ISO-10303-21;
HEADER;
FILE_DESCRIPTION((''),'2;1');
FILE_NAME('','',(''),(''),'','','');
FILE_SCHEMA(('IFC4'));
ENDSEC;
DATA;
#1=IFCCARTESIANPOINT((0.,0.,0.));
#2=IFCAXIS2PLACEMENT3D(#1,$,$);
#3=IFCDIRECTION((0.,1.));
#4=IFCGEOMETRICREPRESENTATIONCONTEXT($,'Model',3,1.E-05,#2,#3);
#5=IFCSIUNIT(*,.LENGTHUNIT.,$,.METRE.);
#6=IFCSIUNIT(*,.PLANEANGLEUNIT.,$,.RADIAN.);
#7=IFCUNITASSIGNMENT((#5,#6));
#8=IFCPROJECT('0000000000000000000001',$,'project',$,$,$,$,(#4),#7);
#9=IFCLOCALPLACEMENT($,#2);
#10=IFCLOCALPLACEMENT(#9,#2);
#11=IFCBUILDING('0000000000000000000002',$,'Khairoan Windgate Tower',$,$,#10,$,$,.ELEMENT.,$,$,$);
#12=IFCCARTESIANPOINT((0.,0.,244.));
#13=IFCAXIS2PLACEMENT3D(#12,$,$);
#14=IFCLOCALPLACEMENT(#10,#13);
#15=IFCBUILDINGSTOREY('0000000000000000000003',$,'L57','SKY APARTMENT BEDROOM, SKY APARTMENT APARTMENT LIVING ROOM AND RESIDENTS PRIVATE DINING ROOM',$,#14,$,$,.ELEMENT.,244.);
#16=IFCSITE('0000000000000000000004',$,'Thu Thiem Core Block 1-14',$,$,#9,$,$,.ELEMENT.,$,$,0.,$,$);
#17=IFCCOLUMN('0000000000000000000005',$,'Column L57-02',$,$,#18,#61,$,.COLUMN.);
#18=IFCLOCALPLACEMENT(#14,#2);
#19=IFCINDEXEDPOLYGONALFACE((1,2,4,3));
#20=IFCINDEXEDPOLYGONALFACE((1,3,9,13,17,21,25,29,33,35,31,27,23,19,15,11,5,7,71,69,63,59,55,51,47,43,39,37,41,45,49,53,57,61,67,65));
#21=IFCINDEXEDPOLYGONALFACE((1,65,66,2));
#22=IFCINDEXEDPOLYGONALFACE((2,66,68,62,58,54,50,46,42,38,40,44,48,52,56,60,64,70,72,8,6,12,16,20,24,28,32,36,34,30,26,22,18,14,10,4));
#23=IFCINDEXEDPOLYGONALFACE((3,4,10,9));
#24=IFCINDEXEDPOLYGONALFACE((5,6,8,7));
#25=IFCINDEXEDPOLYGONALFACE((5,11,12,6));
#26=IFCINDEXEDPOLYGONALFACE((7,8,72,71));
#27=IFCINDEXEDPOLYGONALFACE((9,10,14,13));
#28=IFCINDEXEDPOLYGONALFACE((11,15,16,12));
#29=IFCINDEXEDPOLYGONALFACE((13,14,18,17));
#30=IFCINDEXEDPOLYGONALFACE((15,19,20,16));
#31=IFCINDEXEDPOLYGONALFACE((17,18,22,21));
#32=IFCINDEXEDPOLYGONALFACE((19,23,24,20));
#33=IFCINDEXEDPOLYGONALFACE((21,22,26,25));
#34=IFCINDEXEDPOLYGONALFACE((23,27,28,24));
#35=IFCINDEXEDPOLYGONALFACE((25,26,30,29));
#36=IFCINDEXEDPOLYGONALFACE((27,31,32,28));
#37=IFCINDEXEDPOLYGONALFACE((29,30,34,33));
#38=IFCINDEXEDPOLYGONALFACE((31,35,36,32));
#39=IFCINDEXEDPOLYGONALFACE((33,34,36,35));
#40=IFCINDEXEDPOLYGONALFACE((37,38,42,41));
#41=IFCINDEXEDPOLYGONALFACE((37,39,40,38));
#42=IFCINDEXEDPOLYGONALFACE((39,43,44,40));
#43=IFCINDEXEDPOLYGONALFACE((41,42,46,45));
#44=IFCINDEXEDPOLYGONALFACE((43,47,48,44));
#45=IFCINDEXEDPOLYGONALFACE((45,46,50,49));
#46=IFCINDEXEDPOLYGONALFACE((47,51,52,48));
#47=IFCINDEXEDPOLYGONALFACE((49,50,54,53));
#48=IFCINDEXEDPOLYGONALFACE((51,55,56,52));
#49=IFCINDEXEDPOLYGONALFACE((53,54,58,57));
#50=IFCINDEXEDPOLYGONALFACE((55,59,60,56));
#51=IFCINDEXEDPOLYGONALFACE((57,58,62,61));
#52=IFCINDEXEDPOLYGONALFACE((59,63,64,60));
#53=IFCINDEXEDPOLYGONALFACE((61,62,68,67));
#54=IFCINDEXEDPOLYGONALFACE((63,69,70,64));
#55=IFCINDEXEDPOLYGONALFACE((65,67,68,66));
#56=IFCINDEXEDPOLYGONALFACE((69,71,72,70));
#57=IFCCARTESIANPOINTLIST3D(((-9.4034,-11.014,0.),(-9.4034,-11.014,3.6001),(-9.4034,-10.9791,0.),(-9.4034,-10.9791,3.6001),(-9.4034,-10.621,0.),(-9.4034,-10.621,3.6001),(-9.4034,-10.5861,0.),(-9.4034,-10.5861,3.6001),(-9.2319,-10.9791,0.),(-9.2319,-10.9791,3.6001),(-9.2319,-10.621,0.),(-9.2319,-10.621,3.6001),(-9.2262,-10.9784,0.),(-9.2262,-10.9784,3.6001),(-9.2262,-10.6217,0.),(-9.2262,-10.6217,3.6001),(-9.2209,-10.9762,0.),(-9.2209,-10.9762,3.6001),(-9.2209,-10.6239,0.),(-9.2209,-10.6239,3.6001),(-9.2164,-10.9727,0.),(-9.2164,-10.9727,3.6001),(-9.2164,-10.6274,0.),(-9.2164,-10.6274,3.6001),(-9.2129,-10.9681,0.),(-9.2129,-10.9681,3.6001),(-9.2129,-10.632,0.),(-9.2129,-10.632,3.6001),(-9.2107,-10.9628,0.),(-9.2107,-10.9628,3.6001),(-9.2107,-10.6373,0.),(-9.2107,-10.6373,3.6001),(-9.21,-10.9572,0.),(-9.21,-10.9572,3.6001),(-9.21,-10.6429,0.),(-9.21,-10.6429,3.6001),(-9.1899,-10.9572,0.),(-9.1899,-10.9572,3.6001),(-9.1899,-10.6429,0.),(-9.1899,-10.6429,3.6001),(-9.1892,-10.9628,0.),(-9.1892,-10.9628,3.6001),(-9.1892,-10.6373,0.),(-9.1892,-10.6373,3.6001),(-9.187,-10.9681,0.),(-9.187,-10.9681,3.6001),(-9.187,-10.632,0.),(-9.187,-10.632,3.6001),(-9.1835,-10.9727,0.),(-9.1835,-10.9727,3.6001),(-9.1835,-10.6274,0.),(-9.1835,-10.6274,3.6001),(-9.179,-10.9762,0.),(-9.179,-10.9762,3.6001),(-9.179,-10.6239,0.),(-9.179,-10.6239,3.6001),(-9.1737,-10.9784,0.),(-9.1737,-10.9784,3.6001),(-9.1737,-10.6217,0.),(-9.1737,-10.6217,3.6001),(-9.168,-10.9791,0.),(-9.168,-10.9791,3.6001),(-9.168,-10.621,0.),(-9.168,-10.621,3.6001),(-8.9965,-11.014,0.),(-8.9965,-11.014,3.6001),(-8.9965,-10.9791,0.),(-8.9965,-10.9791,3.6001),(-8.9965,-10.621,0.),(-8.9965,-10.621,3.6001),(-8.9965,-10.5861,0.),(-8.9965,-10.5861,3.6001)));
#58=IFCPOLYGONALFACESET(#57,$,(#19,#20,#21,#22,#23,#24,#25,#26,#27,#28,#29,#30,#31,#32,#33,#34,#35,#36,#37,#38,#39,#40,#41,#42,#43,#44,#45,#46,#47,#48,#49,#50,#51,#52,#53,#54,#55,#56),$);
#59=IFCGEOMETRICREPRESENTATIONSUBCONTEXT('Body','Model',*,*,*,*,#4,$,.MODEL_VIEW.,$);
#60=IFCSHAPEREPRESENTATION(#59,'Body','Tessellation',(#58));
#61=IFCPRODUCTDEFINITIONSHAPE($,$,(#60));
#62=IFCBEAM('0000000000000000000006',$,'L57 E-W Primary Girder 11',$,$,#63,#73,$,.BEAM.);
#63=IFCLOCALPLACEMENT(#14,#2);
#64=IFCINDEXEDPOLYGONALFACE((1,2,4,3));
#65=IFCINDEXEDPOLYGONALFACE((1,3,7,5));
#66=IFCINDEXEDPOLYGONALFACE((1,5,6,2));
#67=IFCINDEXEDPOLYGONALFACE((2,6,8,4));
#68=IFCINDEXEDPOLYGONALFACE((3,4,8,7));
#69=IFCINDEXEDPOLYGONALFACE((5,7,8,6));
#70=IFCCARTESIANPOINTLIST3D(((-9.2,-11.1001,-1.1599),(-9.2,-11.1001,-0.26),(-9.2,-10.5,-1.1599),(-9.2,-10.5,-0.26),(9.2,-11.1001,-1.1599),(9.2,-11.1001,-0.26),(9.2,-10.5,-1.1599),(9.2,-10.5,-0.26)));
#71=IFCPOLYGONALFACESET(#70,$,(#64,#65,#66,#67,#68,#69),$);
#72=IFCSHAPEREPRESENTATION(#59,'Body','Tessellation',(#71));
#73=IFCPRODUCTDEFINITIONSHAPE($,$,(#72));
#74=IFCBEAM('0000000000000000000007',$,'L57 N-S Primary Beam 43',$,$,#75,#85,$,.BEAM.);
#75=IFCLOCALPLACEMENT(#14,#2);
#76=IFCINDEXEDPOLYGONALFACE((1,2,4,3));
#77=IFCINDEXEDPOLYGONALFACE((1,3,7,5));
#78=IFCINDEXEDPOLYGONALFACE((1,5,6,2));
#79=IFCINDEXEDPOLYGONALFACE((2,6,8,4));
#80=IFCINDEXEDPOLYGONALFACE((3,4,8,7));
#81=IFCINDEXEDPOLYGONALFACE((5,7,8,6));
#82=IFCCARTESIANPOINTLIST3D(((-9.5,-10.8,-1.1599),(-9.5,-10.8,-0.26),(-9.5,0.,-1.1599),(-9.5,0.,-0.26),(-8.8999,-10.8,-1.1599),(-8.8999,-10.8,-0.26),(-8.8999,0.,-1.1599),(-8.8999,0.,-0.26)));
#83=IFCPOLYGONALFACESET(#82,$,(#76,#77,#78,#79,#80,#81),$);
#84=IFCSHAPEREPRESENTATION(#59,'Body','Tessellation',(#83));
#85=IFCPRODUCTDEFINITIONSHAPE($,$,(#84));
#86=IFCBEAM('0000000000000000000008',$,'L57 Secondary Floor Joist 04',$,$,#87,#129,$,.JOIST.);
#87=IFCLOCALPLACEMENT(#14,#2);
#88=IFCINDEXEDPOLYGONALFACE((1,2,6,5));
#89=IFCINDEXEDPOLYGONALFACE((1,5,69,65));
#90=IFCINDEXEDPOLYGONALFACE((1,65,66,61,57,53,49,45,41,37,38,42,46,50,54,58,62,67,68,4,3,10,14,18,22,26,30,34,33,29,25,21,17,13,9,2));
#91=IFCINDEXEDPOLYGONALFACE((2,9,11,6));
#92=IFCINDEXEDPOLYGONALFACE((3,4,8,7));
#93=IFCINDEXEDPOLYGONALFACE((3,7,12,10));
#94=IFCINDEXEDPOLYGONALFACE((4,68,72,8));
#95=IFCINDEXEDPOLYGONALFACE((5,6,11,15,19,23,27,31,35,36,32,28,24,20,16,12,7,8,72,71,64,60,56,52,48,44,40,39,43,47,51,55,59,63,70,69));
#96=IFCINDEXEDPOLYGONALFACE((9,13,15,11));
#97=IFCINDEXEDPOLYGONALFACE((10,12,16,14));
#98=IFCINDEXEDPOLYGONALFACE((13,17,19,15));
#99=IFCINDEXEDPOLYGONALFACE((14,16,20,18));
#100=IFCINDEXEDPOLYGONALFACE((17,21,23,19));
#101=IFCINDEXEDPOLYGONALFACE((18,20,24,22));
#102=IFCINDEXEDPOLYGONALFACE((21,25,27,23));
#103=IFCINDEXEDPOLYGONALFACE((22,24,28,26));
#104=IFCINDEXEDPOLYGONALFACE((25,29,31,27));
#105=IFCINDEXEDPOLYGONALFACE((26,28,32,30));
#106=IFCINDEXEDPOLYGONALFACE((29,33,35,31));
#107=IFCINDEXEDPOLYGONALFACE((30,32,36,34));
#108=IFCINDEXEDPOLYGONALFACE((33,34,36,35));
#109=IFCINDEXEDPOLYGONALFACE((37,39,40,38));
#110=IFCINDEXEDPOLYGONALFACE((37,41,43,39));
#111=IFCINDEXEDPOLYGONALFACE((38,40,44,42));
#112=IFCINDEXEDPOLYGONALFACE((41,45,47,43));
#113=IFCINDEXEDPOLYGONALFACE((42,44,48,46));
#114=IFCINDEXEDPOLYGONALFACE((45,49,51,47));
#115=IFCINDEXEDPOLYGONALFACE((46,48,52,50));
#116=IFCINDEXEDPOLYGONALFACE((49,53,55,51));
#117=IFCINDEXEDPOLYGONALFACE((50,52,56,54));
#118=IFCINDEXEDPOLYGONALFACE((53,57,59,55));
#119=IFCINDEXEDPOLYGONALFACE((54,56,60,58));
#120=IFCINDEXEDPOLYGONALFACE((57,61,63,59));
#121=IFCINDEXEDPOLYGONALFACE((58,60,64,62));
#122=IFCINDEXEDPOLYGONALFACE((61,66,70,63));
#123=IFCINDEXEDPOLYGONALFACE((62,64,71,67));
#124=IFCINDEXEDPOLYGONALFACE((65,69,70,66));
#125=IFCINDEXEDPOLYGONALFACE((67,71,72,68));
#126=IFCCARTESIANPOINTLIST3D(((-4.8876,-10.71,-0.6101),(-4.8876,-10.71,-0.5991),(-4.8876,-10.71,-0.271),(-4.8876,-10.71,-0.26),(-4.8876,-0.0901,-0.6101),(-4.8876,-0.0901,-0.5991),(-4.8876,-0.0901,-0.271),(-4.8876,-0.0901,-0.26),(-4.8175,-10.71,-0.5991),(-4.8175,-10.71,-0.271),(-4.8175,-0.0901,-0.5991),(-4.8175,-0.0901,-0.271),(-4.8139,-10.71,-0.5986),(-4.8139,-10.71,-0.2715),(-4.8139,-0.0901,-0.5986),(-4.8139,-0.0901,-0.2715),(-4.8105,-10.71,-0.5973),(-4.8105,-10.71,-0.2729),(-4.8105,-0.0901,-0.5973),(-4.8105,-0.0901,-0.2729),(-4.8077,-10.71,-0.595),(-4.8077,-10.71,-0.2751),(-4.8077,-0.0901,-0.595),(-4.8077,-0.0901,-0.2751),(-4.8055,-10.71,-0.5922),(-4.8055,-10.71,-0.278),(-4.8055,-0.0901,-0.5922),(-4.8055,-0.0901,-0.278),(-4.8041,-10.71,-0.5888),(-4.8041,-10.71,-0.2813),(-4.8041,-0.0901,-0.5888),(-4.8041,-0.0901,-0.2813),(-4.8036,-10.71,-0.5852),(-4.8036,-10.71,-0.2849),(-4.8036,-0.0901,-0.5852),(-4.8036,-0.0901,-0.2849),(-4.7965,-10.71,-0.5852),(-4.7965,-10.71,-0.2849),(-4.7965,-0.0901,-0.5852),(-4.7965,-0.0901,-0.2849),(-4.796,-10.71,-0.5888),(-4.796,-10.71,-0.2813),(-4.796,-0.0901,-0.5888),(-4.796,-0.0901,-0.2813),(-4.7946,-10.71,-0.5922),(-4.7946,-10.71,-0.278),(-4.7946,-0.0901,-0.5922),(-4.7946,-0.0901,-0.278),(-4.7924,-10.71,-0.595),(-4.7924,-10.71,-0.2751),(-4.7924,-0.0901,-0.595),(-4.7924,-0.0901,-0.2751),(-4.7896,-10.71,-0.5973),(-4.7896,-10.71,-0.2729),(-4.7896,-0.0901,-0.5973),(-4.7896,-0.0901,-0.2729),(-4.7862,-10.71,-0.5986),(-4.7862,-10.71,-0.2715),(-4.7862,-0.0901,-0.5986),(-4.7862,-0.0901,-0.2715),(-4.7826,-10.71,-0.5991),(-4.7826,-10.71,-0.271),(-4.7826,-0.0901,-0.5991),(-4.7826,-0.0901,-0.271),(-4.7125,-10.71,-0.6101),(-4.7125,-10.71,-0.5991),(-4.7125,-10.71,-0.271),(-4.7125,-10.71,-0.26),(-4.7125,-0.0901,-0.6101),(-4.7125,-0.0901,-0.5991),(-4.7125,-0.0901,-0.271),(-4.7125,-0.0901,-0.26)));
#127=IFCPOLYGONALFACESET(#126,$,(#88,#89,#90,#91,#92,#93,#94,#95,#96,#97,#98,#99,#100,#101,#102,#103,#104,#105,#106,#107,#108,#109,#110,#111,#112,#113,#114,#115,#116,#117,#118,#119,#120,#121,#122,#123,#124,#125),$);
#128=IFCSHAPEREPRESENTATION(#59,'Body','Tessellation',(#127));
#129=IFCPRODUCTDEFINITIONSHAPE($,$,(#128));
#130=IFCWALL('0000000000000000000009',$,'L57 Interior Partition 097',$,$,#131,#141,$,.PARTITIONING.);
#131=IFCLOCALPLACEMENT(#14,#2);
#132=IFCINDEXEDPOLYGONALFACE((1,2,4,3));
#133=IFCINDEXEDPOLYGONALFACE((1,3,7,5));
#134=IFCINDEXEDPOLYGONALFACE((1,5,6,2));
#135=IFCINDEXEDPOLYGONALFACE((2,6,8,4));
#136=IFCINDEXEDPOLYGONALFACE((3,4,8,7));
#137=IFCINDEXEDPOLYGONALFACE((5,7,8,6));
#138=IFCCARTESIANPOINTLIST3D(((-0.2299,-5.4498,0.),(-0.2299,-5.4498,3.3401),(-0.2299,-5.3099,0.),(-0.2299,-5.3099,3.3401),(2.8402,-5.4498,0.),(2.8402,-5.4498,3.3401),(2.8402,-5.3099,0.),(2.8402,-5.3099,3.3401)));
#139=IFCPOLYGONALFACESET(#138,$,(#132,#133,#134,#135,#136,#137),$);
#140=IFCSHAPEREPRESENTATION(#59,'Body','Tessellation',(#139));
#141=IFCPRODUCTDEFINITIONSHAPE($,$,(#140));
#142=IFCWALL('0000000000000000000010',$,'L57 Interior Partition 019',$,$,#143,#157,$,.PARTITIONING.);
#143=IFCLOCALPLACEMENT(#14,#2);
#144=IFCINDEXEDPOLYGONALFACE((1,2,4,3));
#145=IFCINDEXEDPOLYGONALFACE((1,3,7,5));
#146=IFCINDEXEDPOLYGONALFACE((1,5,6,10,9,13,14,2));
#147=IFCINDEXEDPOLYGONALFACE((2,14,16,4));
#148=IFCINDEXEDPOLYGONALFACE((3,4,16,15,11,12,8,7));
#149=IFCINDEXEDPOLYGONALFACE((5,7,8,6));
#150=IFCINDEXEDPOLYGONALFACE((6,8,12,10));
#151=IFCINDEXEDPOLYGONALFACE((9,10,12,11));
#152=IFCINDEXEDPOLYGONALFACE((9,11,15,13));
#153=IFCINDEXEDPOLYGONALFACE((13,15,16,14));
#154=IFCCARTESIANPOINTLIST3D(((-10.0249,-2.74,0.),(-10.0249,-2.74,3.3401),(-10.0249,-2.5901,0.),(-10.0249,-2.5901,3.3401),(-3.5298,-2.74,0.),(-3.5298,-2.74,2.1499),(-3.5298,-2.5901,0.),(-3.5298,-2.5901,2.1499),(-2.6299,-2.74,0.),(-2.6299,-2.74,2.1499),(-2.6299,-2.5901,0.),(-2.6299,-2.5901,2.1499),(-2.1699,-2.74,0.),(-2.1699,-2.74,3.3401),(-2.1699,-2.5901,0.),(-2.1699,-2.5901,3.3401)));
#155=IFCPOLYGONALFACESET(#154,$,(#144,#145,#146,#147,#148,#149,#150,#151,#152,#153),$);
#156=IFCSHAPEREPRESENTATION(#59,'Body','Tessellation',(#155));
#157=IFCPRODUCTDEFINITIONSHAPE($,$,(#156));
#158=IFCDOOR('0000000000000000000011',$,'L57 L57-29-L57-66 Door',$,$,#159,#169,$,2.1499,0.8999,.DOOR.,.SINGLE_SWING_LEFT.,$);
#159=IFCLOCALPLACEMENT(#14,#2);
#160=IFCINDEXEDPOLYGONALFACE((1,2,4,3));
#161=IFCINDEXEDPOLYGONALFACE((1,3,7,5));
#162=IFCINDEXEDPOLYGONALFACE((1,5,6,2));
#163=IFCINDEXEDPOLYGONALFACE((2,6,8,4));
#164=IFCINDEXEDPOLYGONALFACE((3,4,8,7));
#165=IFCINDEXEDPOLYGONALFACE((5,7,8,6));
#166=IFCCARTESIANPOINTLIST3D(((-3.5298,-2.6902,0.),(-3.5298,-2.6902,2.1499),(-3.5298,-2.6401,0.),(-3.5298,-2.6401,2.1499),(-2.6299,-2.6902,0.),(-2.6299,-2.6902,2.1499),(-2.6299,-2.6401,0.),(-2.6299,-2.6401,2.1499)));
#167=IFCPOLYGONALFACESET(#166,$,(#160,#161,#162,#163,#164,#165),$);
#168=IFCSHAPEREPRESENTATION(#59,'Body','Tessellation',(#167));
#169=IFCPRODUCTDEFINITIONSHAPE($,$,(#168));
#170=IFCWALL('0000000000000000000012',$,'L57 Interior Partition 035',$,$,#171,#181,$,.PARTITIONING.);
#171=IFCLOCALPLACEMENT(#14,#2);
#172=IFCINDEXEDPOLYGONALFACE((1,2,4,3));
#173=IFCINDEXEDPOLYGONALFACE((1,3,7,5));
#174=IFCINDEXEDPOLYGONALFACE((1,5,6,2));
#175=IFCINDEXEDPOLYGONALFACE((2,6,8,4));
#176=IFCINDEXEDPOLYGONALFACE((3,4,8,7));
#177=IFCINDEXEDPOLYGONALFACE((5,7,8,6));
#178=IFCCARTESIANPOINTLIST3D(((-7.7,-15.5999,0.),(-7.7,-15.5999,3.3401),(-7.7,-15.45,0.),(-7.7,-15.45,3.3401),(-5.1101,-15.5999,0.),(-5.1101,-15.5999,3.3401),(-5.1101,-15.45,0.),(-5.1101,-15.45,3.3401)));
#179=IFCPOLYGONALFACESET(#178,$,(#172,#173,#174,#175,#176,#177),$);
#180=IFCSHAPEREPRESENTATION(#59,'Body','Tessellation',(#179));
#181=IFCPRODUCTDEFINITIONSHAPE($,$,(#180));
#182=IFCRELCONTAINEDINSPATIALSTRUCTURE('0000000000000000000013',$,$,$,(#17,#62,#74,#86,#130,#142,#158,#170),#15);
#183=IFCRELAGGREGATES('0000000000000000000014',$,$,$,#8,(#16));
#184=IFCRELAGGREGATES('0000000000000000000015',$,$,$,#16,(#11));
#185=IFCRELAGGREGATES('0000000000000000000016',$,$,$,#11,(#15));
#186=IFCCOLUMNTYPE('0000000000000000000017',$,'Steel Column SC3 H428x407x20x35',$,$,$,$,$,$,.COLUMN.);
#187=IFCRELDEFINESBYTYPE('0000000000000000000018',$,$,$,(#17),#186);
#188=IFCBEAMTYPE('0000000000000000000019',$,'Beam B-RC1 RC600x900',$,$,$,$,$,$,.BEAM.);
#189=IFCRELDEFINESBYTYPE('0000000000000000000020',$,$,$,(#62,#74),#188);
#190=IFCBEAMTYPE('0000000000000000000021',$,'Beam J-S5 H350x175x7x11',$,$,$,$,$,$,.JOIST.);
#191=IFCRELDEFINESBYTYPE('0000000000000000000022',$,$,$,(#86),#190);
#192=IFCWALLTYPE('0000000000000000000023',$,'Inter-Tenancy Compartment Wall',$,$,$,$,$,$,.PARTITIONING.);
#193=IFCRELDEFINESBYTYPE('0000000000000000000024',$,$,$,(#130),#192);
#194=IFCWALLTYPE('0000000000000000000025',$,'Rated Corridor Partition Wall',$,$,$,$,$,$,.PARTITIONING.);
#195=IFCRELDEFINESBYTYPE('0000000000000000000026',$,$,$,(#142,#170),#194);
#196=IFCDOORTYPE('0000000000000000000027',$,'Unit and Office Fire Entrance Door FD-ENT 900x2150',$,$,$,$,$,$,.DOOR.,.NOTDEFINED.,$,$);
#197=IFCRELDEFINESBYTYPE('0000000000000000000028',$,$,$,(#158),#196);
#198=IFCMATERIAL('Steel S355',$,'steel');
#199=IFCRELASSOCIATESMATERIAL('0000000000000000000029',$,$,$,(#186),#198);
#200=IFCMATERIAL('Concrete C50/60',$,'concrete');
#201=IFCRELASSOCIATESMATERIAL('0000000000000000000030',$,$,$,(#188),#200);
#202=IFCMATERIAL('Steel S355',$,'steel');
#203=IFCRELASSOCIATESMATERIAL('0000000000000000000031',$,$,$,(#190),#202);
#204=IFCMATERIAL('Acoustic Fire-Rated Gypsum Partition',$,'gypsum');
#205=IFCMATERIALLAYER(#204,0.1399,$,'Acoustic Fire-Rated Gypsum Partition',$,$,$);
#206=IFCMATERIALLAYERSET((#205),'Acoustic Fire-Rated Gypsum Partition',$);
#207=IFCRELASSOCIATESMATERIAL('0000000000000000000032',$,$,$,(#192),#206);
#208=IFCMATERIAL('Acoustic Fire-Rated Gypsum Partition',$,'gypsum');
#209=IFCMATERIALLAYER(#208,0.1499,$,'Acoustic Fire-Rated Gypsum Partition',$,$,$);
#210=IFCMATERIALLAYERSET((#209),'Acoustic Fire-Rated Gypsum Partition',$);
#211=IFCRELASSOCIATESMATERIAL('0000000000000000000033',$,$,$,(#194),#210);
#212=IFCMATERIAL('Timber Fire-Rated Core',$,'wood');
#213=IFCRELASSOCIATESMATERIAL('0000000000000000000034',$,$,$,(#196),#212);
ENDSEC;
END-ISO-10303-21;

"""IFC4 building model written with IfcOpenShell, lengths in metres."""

from ifc_helpers import new_model, si_unit, direction, frame, frame_2d, origin, origin_2d, place, context, subcontext, project, spatial, rectangle, i_section, extrude, material, layer, layer_set, material_profile, profile_set, type_object, element, fill, save


model = new_model("IFC4")

# Units and contexts
model_context = context("Model", 3, precision=1e-05, world=origin(), true_north=direction((0.0, 1.0)))
body_context = subcontext(model_context, "Body", "Model", "MODEL_VIEW")
ifc_project = project(units=[si_unit("LENGTHUNIT", "METRE"), si_unit("PLANEANGLEUNIT", "RADIAN")], contexts=[model_context])

# Site, building, storey
site_placement = place(None, origin())
site = spatial("IfcSite", under=ifc_project, at=site_placement, Name="Thu Thiem Core Block 1-14", CompositionType="ELEMENT", RefElevation=0.0)
building_placement = place(site_placement, origin())
building = spatial("IfcBuilding", under=site, at=building_placement, Name="Khairoan Windgate Tower", CompositionType="ELEMENT")
storey_placement = place(building_placement, frame((0.0, 0.0, 244.0)))
storey = spatial("IfcBuildingStorey", under=building, at=storey_placement, Name="L57", Description="SKY APARTMENT BEDROOM, SKY APARTMENT APARTMENT LIVING ROOM AND RESIDENTS PRIVATE DINING ROOM", CompositionType="ELEMENT", Elevation=244.0)

# Column
ifc_material_1 = material(Name="Steel S355", Category="steel")
ifc_material_profile_1 = material_profile(ifc_material_1, i_section(OverallWidth=0.407, OverallDepth=0.428, WebThickness=0.02, FlangeThickness=0.0349, FilletRadius=0.022, at=origin_2d()))
ifc_profile_set_1 = profile_set([ifc_material_profile_1], Name="Steel S355")
column_type = type_object("IfcColumnType", Name="Steel Column SC3 H428x407x20x35", PredefinedType="COLUMN", material=ifc_profile_set_1)
column_placement = place(storey_placement, frame((-9.2, -10.8, 0.0), z_axis=(0.0, 0.0, 1.0), x_axis=(1.0, 0.0, 0.0)))
element("IfcColumn", 1, at=column_placement, inside=storey, type_object=column_type, Name="Column L57-02", PredefinedType="COLUMN", context=body_context, shape_type="SweptSolid", body=[
    extrude(i_section(OverallWidth=0.407, OverallDepth=0.428, WebThickness=0.02, FlangeThickness=0.0349, FilletRadius=0.022, at=origin_2d()), origin(), (0.0, 0.0, 1.0), 3.6001),
])

# Beams
ifc_material_2 = material(Name="Concrete C50/60", Category="concrete")
ifc_material_profile_2 = material_profile(ifc_material_2, rectangle(XDim=0.6001, YDim=0.8999, at=origin_2d()))
ifc_profile_set_2 = profile_set([ifc_material_profile_2], Name="Concrete C50/60")
beam_type_1 = type_object("IfcBeamType", Name="Beam B-RC1 RC600x900", PredefinedType="BEAM", material=ifc_profile_set_2)
beam_1_placement = place(storey_placement, frame((-9.2, -10.8, -0.71), z_axis=(1.0, 0.0, 0.0), x_axis=(0.0, 1.0, 0.0)))
element("IfcBeam", 2, at=beam_1_placement, inside=storey, type_object=beam_type_1, Name="L57 E-W Primary Girder 11", PredefinedType="BEAM", context=body_context, shape_type="SweptSolid", body=[
    extrude(rectangle(XDim=0.6001, YDim=0.8999, at=origin_2d()), origin(), (0.0, 0.0, 1.0), 18.3999),
])
beam_2_placement = place(storey_placement, frame((-9.2, -10.8, -0.71), z_axis=(0.0, 1.0, 0.0), x_axis=(-1.0, 0.0, 0.0)))
element("IfcBeam", 3, at=beam_2_placement, inside=storey, type_object=beam_type_1, Name="L57 N-S Primary Beam 43", PredefinedType="BEAM", context=body_context, shape_type="SweptSolid", body=[
    extrude(rectangle(XDim=0.6001, YDim=0.8999, at=origin_2d()), origin(), (0.0, 0.0, 1.0), 10.8),
])
ifc_material_3 = material(Name="Steel S355", Category="steel")
ifc_material_profile_3 = material_profile(ifc_material_3, i_section(OverallWidth=0.175, OverallDepth=0.3501, WebThickness=0.0071, FlangeThickness=0.011, FilletRadius=0.0139, at=origin_2d()))
ifc_profile_set_3 = profile_set([ifc_material_profile_3], Name="Steel S355")
beam_type_2 = type_object("IfcBeamType", Name="Beam J-S5 H350x175x7x11", PredefinedType="JOIST", material=ifc_profile_set_3)
beam_3_placement = place(storey_placement, frame((-4.8, -10.71, -0.4351), z_axis=(0.0, 1.0, 0.0), x_axis=(-1.0, 0.0, 0.0)))
element("IfcBeam", 4, at=beam_3_placement, inside=storey, type_object=beam_type_2, Name="L57 Secondary Floor Joist 04", PredefinedType="JOIST", context=body_context, shape_type="SweptSolid", body=[
    extrude(i_section(OverallWidth=0.175, OverallDepth=0.3501, WebThickness=0.0071, FlangeThickness=0.011, FilletRadius=0.0139, at=origin_2d()), origin(), (0.0, 0.0, 1.0), 10.6199),
])

# Wall
ifc_material_4 = material(Name="Acoustic Fire-Rated Gypsum Partition", Category="gypsum")
ifc_layer_1 = layer(ifc_material_4, 0.1399, Name="Acoustic Fire-Rated Gypsum Partition")
ifc_layer_set_1 = layer_set([ifc_layer_1], Name="Acoustic Fire-Rated Gypsum Partition")
wall_type_1 = type_object("IfcWallType", Name="Inter-Tenancy Compartment Wall", PredefinedType="PARTITIONING", material=ifc_layer_set_1)
wall_1_placement = place(storey_placement, frame((-0.23, -5.3799, 0.0), z_axis=(0.0, 0.0, 1.0), x_axis=(1.0, 0.0, 0.0)))
element("IfcWall", 5, at=wall_1_placement, inside=storey, type_object=wall_type_1, Name="L57 Interior Partition 097", PredefinedType="PARTITIONING", context=body_context, shape_type="SweptSolid", body=[
    extrude(rectangle(XDim=3.0701, YDim=0.1399, at=frame_2d((1.5352, 0.0))), origin(), (0.0, 0.0, 1.0), 3.3401),
])

# Wall, opening, door
ifc_material_5 = material(Name="Acoustic Fire-Rated Gypsum Partition", Category="gypsum")
ifc_layer_2 = layer(ifc_material_5, 0.1499, Name="Acoustic Fire-Rated Gypsum Partition")
ifc_layer_set_2 = layer_set([ifc_layer_2], Name="Acoustic Fire-Rated Gypsum Partition")
wall_type_2 = type_object("IfcWallType", Name="Rated Corridor Partition Wall", PredefinedType="PARTITIONING", material=ifc_layer_set_2)
wall_2_placement = place(storey_placement, frame((-10.0249, -2.665, 0.0), z_axis=(0.0, 0.0, 1.0), x_axis=(1.0, 0.0, 0.0)))
wall_2 = element("IfcWall", 6, at=wall_2_placement, inside=storey, type_object=wall_type_2, Name="L57 Interior Partition 019", PredefinedType="PARTITIONING", context=body_context, shape_type="SweptSolid", body=[
    extrude(rectangle(XDim=7.855, YDim=0.1499, at=frame_2d((3.9275, 0.0))), origin(), (0.0, 0.0, 1.0), 3.3401),
])
opening_1_placement = place(wall_2_placement, frame((6.4951, 0.0, 0.0)))
opening_1 = element("IfcOpeningElement", 7, at=opening_1_placement, cuts=wall_2, PredefinedType="OPENING", context=body_context, shape_type="SweptSolid", body=[
    extrude(rectangle(XDim=0.8999, YDim=2.1499, at=frame_2d((0.45, 1.075))), frame((0.0, 0.085, 0.0), z_axis=(0.0, -1.0, 0.0), x_axis=(1.0, 0.0, 0.0)), (0.0, 0.0, 1.0), 0.1699),
])
ifc_material_6 = material(Name="Timber Fire-Rated Core", Category="wood")
door_type = type_object("IfcDoorType", Name="Unit and Office Fire Entrance Door FD-ENT 900x2150", OperationType="NOTDEFINED", PredefinedType="DOOR", material=ifc_material_6)
door_1_placement = place(opening_1_placement, origin())
door_1 = element("IfcDoor", 8, at=door_1_placement, inside=storey, type_object=door_type, Name="L57 L57-29-L57-66 Door", OperationType="SINGLE_SWING_LEFT", OverallHeight=2.1499, OverallWidth=0.8999, PredefinedType="DOOR", context=body_context, shape_type="SweptSolid", body=[
    extrude(rectangle(XDim=0.8999, YDim=2.1499, at=frame_2d((0.45, 1.075))), frame((0.0, 0.0249, 0.0), z_axis=(0.0, -1.0, 0.0), x_axis=(1.0, 0.0, 0.0)), (0.0, 0.0, 1.0), 0.05),
])
fill(opening_1, door_1)

# Wall
wall_3_placement = place(storey_placement, frame((-7.7, -15.5249, 0.0), z_axis=(0.0, 0.0, 1.0), x_axis=(1.0, 0.0, 0.0)))
element("IfcWall", 9, at=wall_3_placement, inside=storey, type_object=wall_type_2, Name="L57 Interior Partition 035", PredefinedType="PARTITIONING", context=body_context, shape_type="SweptSolid", body=[
    extrude(rectangle(XDim=2.5898, YDim=0.1499, at=frame_2d((1.2949, 0.0))), origin(), (0.0, 0.0, 1.0), 3.3401),
])

save(model, "model.ifc")
